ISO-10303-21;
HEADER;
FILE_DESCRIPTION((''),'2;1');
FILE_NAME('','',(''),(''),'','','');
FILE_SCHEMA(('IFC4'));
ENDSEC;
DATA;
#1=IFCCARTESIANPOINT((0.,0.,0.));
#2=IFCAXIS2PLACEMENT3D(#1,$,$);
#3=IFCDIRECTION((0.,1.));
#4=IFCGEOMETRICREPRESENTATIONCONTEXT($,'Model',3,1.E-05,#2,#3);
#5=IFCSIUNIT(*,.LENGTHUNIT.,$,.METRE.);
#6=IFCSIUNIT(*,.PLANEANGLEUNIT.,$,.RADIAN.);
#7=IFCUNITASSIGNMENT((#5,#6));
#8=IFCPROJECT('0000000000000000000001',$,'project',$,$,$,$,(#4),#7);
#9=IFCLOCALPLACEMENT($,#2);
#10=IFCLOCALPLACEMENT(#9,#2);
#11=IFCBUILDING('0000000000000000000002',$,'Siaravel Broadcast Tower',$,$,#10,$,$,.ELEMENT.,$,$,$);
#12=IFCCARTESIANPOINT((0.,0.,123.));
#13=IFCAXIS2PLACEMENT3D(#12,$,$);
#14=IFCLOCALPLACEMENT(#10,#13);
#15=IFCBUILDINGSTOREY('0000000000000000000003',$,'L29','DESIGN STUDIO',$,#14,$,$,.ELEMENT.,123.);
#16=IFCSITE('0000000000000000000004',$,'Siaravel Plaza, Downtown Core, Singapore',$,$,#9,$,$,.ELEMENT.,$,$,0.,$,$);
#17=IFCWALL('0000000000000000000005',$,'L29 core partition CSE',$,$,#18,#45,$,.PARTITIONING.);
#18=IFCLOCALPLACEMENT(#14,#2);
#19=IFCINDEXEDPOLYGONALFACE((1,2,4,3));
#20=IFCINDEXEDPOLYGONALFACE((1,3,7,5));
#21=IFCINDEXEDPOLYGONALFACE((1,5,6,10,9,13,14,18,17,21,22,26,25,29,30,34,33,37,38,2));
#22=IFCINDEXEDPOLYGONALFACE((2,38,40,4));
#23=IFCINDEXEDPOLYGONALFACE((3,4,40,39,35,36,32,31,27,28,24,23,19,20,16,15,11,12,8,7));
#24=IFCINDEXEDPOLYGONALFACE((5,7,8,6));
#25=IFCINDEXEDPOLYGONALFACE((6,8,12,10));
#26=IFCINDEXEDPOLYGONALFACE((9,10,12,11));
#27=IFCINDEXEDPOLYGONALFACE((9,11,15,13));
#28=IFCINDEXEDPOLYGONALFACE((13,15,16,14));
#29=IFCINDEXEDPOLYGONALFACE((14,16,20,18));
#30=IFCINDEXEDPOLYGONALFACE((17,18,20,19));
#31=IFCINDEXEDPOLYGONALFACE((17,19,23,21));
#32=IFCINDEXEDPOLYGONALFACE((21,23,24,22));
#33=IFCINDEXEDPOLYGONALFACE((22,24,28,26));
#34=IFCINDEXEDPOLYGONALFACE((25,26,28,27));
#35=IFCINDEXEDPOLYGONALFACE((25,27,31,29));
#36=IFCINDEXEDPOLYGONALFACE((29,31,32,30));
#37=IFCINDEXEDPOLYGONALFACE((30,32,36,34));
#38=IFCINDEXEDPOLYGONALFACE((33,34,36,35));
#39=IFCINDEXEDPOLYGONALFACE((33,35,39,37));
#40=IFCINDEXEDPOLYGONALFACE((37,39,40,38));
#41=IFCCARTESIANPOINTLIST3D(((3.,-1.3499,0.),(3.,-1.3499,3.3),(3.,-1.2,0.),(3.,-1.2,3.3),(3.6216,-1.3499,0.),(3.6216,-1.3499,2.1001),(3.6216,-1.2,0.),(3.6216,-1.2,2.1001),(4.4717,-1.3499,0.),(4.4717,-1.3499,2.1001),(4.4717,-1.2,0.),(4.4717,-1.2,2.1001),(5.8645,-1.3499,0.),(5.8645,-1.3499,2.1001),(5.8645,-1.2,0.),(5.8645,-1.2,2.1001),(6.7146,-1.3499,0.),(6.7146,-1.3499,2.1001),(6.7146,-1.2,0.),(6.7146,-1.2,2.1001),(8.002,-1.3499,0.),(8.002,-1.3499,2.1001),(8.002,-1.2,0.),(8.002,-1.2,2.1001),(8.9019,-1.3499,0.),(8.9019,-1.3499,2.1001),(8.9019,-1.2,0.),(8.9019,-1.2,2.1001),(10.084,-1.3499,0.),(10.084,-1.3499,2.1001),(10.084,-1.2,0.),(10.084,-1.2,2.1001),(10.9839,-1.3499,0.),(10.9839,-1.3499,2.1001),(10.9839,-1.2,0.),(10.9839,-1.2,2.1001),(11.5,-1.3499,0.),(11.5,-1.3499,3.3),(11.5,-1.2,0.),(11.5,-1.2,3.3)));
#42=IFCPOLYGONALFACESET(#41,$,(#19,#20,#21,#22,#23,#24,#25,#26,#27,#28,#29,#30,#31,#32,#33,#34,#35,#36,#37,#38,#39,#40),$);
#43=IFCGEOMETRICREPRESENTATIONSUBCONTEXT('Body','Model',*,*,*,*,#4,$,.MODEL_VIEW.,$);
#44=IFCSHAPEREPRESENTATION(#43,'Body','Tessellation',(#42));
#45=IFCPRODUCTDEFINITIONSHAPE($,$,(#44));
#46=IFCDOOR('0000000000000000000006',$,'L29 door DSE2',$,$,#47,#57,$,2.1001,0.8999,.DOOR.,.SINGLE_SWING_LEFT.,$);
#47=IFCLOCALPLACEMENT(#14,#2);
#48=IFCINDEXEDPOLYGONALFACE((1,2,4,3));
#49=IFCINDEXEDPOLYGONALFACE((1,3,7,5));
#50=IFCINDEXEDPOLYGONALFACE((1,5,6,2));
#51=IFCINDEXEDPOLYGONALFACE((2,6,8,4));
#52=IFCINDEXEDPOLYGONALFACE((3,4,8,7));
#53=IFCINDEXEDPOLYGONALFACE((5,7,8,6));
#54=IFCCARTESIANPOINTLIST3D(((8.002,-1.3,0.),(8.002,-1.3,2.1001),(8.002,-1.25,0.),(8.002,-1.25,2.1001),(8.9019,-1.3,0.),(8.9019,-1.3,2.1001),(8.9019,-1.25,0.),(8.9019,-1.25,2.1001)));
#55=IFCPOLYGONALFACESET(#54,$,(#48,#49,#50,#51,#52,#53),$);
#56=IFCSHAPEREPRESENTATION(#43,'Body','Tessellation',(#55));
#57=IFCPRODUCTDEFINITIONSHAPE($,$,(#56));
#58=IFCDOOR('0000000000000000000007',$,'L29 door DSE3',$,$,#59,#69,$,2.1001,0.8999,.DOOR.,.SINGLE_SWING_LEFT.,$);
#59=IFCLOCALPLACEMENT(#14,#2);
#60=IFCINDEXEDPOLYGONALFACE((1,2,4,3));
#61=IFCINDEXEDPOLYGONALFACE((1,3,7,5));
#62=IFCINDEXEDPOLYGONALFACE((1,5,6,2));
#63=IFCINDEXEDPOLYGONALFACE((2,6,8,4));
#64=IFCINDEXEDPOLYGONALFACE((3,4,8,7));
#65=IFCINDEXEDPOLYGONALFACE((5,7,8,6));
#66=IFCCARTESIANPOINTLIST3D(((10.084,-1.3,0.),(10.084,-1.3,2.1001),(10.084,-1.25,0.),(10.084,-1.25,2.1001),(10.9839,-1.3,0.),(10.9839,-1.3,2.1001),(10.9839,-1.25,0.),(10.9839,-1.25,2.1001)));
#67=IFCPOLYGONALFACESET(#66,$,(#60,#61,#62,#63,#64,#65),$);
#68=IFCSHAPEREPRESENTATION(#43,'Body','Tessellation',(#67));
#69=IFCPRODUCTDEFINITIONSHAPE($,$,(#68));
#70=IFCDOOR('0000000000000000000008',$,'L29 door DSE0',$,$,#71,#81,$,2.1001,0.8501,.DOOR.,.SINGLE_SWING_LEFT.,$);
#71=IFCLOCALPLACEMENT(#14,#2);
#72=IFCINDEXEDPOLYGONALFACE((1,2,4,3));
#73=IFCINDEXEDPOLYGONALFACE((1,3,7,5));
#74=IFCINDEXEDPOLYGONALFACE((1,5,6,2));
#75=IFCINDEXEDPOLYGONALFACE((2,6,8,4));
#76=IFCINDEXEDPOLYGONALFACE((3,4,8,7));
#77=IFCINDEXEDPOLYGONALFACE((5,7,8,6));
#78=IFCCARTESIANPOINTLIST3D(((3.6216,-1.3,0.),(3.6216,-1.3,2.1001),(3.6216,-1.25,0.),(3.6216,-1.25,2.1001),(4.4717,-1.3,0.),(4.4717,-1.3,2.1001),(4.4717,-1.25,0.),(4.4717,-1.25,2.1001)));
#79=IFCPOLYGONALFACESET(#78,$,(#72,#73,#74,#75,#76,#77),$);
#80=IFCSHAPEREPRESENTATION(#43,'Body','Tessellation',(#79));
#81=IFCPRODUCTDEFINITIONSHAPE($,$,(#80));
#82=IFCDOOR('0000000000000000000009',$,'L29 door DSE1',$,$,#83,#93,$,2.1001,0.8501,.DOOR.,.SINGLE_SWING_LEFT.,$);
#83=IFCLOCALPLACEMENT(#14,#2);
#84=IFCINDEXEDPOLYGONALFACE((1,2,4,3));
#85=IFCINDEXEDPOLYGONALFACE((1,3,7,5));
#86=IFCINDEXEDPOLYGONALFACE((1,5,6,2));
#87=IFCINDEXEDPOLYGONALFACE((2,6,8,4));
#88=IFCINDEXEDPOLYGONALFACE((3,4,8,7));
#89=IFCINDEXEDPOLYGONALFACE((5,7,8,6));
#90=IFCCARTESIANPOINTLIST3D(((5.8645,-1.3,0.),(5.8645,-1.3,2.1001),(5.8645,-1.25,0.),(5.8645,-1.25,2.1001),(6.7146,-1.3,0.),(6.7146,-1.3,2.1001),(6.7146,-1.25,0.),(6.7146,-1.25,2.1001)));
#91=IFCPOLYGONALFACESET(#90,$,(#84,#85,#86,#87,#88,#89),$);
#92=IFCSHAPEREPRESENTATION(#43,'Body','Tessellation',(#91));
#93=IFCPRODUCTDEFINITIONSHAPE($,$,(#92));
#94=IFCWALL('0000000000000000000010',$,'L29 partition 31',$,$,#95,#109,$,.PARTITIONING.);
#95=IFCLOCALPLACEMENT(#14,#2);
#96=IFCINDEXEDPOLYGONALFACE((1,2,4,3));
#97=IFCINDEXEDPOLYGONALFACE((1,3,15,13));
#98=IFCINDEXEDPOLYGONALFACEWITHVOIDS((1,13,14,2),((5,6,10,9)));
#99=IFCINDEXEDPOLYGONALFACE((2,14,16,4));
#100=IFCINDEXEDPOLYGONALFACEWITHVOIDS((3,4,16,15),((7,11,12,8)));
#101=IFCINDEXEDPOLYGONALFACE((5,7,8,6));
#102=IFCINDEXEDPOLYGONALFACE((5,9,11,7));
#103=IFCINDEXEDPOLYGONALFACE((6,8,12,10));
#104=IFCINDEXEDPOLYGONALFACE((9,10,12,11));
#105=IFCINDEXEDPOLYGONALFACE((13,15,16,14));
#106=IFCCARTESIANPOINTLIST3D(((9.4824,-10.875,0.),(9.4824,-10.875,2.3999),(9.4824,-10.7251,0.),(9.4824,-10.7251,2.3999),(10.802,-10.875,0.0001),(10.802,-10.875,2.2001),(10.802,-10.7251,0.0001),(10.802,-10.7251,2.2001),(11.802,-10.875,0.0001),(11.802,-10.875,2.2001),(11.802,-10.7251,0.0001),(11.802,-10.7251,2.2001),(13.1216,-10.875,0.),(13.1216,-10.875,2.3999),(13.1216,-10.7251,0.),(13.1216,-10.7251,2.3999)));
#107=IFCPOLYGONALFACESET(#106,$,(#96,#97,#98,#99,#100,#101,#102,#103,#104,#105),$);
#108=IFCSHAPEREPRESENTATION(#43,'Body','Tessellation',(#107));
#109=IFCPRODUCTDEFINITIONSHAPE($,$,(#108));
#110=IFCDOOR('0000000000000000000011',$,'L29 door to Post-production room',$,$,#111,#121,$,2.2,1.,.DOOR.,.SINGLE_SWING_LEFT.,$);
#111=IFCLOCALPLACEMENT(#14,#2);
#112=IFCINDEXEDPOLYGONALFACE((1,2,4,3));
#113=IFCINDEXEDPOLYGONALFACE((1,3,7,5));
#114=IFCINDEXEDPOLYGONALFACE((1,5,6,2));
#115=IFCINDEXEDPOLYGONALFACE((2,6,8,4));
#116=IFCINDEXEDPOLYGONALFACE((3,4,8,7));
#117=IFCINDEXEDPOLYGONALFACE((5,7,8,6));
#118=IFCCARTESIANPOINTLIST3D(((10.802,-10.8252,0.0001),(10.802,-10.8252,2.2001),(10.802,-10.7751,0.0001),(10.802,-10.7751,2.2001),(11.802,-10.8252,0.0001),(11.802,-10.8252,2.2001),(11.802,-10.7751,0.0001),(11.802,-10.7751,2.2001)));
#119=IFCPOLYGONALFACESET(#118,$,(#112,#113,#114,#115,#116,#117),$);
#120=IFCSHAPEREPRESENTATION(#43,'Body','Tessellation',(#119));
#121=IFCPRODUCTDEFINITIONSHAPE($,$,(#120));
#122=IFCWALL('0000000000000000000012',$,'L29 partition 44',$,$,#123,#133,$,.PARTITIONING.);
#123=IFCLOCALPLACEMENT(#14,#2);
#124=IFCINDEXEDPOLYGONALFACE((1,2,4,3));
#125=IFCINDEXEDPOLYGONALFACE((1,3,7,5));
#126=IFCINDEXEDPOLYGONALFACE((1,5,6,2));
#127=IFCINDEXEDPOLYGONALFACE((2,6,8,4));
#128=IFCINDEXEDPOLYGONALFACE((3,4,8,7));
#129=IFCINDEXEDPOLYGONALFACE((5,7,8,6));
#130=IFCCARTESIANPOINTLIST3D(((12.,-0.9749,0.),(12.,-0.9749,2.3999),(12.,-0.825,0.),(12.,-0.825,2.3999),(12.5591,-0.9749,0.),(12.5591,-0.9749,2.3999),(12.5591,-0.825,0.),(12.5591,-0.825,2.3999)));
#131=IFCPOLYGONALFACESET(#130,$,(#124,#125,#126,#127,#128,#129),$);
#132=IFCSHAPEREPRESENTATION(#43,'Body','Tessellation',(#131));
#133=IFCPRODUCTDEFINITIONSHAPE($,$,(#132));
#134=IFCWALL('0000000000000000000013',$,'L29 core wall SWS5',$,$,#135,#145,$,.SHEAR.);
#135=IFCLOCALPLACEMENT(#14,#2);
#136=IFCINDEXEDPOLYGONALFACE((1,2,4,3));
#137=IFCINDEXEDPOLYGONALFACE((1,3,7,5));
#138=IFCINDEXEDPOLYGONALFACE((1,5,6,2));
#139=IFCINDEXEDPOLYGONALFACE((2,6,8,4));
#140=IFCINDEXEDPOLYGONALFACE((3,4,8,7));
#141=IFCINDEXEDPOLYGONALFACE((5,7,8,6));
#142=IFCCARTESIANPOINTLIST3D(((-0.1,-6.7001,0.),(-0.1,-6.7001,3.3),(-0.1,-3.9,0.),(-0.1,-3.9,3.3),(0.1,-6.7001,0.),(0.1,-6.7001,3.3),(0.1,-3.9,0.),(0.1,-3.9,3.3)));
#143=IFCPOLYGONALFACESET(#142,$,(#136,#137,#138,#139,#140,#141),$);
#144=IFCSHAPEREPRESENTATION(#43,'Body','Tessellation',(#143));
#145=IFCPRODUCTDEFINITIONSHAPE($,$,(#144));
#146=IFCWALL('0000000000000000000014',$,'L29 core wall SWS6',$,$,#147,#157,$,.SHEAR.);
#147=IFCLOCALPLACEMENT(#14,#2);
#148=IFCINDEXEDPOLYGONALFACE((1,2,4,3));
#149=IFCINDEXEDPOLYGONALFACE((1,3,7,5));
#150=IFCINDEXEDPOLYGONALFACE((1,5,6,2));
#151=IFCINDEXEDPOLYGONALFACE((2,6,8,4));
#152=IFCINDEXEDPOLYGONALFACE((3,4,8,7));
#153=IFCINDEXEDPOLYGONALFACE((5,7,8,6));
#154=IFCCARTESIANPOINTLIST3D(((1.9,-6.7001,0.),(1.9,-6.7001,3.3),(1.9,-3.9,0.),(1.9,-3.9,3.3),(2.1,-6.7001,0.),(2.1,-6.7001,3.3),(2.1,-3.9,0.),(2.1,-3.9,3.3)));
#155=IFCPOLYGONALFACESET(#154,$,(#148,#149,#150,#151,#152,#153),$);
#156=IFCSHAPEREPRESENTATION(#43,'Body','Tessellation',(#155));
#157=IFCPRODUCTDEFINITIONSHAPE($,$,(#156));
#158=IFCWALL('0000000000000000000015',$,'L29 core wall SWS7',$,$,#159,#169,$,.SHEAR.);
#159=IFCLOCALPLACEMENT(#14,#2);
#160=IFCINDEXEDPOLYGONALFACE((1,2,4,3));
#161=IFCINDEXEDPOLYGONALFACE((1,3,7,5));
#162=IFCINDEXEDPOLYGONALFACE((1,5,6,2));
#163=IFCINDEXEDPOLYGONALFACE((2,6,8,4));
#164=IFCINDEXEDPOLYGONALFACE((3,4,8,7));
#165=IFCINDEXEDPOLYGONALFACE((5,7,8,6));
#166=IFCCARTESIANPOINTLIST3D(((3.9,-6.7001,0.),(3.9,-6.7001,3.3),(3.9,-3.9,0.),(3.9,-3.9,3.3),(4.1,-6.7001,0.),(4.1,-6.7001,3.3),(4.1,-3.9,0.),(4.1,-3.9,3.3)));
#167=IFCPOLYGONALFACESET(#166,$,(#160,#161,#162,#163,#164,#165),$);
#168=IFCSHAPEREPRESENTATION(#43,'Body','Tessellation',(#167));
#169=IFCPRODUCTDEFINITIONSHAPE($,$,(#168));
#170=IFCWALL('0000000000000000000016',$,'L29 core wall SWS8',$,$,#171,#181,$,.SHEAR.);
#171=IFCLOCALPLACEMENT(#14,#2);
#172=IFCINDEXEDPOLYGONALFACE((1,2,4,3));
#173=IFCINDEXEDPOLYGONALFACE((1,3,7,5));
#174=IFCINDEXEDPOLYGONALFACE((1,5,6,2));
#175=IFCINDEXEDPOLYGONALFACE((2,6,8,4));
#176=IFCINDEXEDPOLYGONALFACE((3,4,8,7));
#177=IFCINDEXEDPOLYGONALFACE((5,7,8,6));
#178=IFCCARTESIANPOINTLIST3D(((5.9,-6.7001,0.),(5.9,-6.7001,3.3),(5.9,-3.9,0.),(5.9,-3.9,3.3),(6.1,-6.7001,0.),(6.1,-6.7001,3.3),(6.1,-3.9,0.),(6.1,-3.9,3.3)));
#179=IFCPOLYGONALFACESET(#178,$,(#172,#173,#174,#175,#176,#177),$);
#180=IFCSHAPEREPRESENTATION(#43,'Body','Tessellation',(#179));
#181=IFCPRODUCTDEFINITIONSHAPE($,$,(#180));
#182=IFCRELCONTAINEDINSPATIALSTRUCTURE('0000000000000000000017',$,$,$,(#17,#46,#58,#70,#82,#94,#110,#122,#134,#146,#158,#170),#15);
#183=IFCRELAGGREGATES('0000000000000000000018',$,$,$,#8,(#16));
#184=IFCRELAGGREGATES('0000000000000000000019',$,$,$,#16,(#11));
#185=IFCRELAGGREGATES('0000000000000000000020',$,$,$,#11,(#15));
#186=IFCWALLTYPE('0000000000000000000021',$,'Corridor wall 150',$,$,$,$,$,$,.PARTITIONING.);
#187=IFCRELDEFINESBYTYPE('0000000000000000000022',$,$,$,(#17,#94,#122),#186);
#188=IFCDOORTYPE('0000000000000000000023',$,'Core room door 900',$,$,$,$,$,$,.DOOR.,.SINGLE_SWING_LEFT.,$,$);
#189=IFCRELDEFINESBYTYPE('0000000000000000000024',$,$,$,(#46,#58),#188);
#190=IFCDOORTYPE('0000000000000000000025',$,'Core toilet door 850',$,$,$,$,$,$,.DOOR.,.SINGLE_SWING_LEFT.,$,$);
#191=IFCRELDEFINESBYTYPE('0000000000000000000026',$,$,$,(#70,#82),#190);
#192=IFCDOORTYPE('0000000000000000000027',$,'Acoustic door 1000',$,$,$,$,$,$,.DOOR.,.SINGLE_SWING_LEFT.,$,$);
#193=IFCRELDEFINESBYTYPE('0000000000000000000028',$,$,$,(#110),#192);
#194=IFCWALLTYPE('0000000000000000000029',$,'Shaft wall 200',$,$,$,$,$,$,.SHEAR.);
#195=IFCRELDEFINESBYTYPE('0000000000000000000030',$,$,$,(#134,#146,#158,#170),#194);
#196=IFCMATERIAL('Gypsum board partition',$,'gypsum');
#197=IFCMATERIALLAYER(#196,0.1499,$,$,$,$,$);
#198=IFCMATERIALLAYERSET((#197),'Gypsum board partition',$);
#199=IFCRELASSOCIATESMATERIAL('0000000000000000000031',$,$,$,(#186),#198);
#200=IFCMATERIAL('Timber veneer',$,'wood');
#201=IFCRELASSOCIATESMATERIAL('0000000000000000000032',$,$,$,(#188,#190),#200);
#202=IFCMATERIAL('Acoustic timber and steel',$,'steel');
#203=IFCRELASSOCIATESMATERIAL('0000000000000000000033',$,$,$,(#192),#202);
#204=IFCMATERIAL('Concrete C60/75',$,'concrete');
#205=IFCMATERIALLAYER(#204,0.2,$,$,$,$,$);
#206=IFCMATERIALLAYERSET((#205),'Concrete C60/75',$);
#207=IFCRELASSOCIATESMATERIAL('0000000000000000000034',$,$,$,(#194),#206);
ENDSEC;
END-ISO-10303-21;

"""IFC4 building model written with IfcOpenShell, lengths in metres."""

from ifc_helpers import new_model, si_unit, direction, frame, frame_2d, origin, place, context, subcontext, project, spatial, rectangle, extrude, material, layer, layer_set, type_object, element, fill, save


model = new_model("IFC4")

# Units and contexts
model_context = context("Model", 3, precision=1e-05, world=origin(), true_north=direction((0.0, 1.0)))
body_context = subcontext(model_context, "Body", "Model", "MODEL_VIEW")
ifc_project = project(units=[si_unit("LENGTHUNIT", "METRE"), si_unit("PLANEANGLEUNIT", "RADIAN")], contexts=[model_context])

# Site, building, storey
site_placement = place(None, origin())
site = spatial("IfcSite", under=ifc_project, at=site_placement, Name="Siaravel Plaza, Downtown Core, Singapore", CompositionType="ELEMENT", RefElevation=0.0)
building_placement = place(site_placement, origin())
building = spatial("IfcBuilding", under=site, at=building_placement, Name="Siaravel Broadcast Tower", CompositionType="ELEMENT")
storey_placement = place(building_placement, frame((0.0, 0.0, 123.0)))
storey = spatial("IfcBuildingStorey", under=building, at=storey_placement, Name="L29", Description="DESIGN STUDIO", CompositionType="ELEMENT", Elevation=123.0)

# Shared definitions
ifc_material_1 = material(Name="Concrete C60/75", Category="concrete")

# Wall, openings, doors
ifc_material_2 = material(Name="Gypsum board partition", Category="gypsum")
ifc_layer_1 = layer(ifc_material_2, 0.1499)
ifc_layer_set_1 = layer_set([ifc_layer_1], Name="Gypsum board partition")
wall_type_1 = type_object("IfcWallType", Name="Corridor wall 150", PredefinedType="PARTITIONING", material=ifc_layer_set_1)
wall_1_placement = place(storey_placement, frame((3.0, -1.2749, 0.0), z_axis=(0.0, 0.0, 1.0), x_axis=(1.0, 0.0, 0.0)))
wall_1 = element("IfcWall", 1, at=wall_1_placement, inside=storey, type_object=wall_type_1, Name="L29 core partition CSE", PredefinedType="PARTITIONING", context=body_context, shape_type="SweptSolid", body=[
    extrude(rectangle(XDim=8.5, YDim=0.1499, at=frame_2d((4.25, 0.0))), origin(), (0.0, 0.0, 1.0), 3.3),
])
opening_1_placement = place(wall_1_placement, frame((0.6216, 0.0, 0.0)))
opening_1 = element("IfcOpeningElement", 2, at=opening_1_placement, cuts=wall_1, PredefinedType="OPENING", context=body_context, shape_type="SweptSolid", body=[
    extrude(rectangle(XDim=0.8501, YDim=2.1001, at=frame_2d((0.425, 1.05))), frame((0.0, 0.085, 0.0), z_axis=(0.0, -1.0, 0.0), x_axis=(1.0, 0.0, 0.0)), (0.0, 0.0, 1.0), 0.1699),
])
opening_2_placement = place(wall_1_placement, frame((2.8645, 0.0, 0.0)))
opening_2 = element("IfcOpeningElement", 3, at=opening_2_placement, cuts=wall_1, PredefinedType="OPENING", context=body_context, shape_type="SweptSolid", body=[
    extrude(rectangle(XDim=0.8501, YDim=2.1001, at=frame_2d((0.425, 1.05))), frame((0.0, 0.085, 0.0), z_axis=(0.0, -1.0, 0.0), x_axis=(1.0, 0.0, 0.0)), (0.0, 0.0, 1.0), 0.1699),
])
opening_3_placement = place(wall_1_placement, frame((5.002, 0.0, 0.0)))
opening_3 = element("IfcOpeningElement", 4, at=opening_3_placement, cuts=wall_1, PredefinedType="OPENING", context=body_context, shape_type="SweptSolid", body=[
    extrude(rectangle(XDim=0.8999, YDim=2.1001, at=frame_2d((0.45, 1.05))), frame((0.0, 0.085, 0.0), z_axis=(0.0, -1.0, 0.0), x_axis=(1.0, 0.0, 0.0)), (0.0, 0.0, 1.0), 0.1699),
])
opening_4_placement = place(wall_1_placement, frame((7.084, 0.0, 0.0)))
opening_4 = element("IfcOpeningElement", 5, at=opening_4_placement, cuts=wall_1, PredefinedType="OPENING", context=body_context, shape_type="SweptSolid", body=[
    extrude(rectangle(XDim=0.8999, YDim=2.1001, at=frame_2d((0.45, 1.05))), frame((0.0, 0.085, 0.0), z_axis=(0.0, -1.0, 0.0), x_axis=(1.0, 0.0, 0.0)), (0.0, 0.0, 1.0), 0.1699),
])
ifc_material_3 = material(Name="Timber veneer", Category="wood")
door_type_1 = type_object("IfcDoorType", Name="Core room door 900", OperationType="SINGLE_SWING_LEFT", PredefinedType="DOOR", material=ifc_material_3)
door_1_placement = place(opening_3_placement, origin())
door_1 = element("IfcDoor", 6, at=door_1_placement, inside=storey, type_object=door_type_1, Name="L29 door DSE2", OperationType="SINGLE_SWING_LEFT", OverallHeight=2.1001, OverallWidth=0.8999, PredefinedType="DOOR", context=body_context, shape_type="SweptSolid", body=[
    extrude(rectangle(XDim=0.8999, YDim=2.1001, at=frame_2d((0.45, 1.05))), frame((0.0, 0.0249, 0.0), z_axis=(0.0, -1.0, 0.0), x_axis=(1.0, 0.0, 0.0)), (0.0, 0.0, 1.0), 0.05),
])
fill(opening_3, door_1)
door_2_placement = place(opening_4_placement, origin())
door_2 = element("IfcDoor", 7, at=door_2_placement, inside=storey, type_object=door_type_1, Name="L29 door DSE3", OperationType="SINGLE_SWING_LEFT", OverallHeight=2.1001, OverallWidth=0.8999, PredefinedType="DOOR", context=body_context, shape_type="SweptSolid", body=[
    extrude(rectangle(XDim=0.8999, YDim=2.1001, at=frame_2d((0.45, 1.05))), frame((0.0, 0.0249, 0.0), z_axis=(0.0, -1.0, 0.0), x_axis=(1.0, 0.0, 0.0)), (0.0, 0.0, 1.0), 0.05),
])
fill(opening_4, door_2)
door_type_2 = type_object("IfcDoorType", Name="Core toilet door 850", OperationType="SINGLE_SWING_LEFT", PredefinedType="DOOR", material=ifc_material_3)
door_3_placement = place(opening_1_placement, origin())
door_3 = element("IfcDoor", 8, at=door_3_placement, inside=storey, type_object=door_type_2, Name="L29 door DSE0", OperationType="SINGLE_SWING_LEFT", OverallHeight=2.1001, OverallWidth=0.8501, PredefinedType="DOOR", context=body_context, shape_type="SweptSolid", body=[
    extrude(rectangle(XDim=0.8501, YDim=2.1001, at=frame_2d((0.425, 1.05))), frame((0.0, 0.0249, 0.0), z_axis=(0.0, -1.0, 0.0), x_axis=(1.0, 0.0, 0.0)), (0.0, 0.0, 1.0), 0.05),
])
fill(opening_1, door_3)
door_4_placement = place(opening_2_placement, origin())
door_4 = element("IfcDoor", 9, at=door_4_placement, inside=storey, type_object=door_type_2, Name="L29 door DSE1", OperationType="SINGLE_SWING_LEFT", OverallHeight=2.1001, OverallWidth=0.8501, PredefinedType="DOOR", context=body_context, shape_type="SweptSolid", body=[
    extrude(rectangle(XDim=0.8501, YDim=2.1001, at=frame_2d((0.425, 1.05))), frame((0.0, 0.0249, 0.0), z_axis=(0.0, -1.0, 0.0), x_axis=(1.0, 0.0, 0.0)), (0.0, 0.0, 1.0), 0.05),
])
fill(opening_2, door_4)

# Wall, opening, door
wall_2_placement = place(storey_placement, frame((9.4824, -10.8, 0.0), z_axis=(0.0, 0.0, 1.0), x_axis=(1.0, 0.0, 0.0)))
wall_2 = element("IfcWall", 10, at=wall_2_placement, inside=storey, type_object=wall_type_1, Name="L29 partition 31", PredefinedType="PARTITIONING", context=body_context, shape_type="SweptSolid", body=[
    extrude(rectangle(XDim=3.6392, YDim=0.1499, at=frame_2d((1.8196, 0.0))), origin(), (0.0, 0.0, 1.0), 2.3999),
])
opening_5_placement = place(wall_2_placement, frame((1.3196, 0.0, 0.0)))
opening_5 = element("IfcOpeningElement", 11, at=opening_5_placement, cuts=wall_2, PredefinedType="OPENING", context=body_context, shape_type="SweptSolid", body=[
    extrude(rectangle(XDim=1.0, YDim=2.2, at=frame_2d((0.5, 1.1001))), frame((0.0, 0.085, 0.0), z_axis=(0.0, -1.0, 0.0), x_axis=(1.0, 0.0, 0.0)), (0.0, 0.0, 1.0), 0.1699),
])
ifc_material_4 = material(Name="Acoustic timber and steel", Category="steel")
door_type_3 = type_object("IfcDoorType", Name="Acoustic door 1000", OperationType="SINGLE_SWING_LEFT", PredefinedType="DOOR", material=ifc_material_4)
door_5_placement = place(opening_5_placement, origin())
door_5 = element("IfcDoor", 12, at=door_5_placement, inside=storey, type_object=door_type_3, Name="L29 door to Post-production room", OperationType="SINGLE_SWING_LEFT", OverallHeight=2.2, OverallWidth=1.0, PredefinedType="DOOR", context=body_context, shape_type="SweptSolid", body=[
    extrude(rectangle(XDim=1.0, YDim=2.2, at=frame_2d((0.5, 1.1001))), frame((0.0, 0.0249, 0.0), z_axis=(0.0, -1.0, 0.0), x_axis=(1.0, 0.0, 0.0)), (0.0, 0.0, 1.0), 0.05),
])
fill(opening_5, door_5)

# Walls
wall_3_placement = place(storey_placement, frame((12.0, -0.8999, 0.0), z_axis=(0.0, 0.0, 1.0), x_axis=(1.0, 0.0, 0.0)))
element("IfcWall", 13, at=wall_3_placement, inside=storey, type_object=wall_type_1, Name="L29 partition 44", PredefinedType="PARTITIONING", context=body_context, shape_type="SweptSolid", body=[
    extrude(rectangle(XDim=0.5591, YDim=0.1499, at=frame_2d((0.2795, 0.0))), origin(), (0.0, 0.0, 1.0), 2.3999),
])
ifc_layer_2 = layer(ifc_material_1, 0.2)
ifc_layer_set_2 = layer_set([ifc_layer_2], Name="Concrete C60/75")
wall_type_2 = type_object("IfcWallType", Name="Shaft wall 200", PredefinedType="SHEAR", material=ifc_layer_set_2)
for number, where, z_axis, x_axis, name in (
    (14, (0.0, -6.7, 0.0), (0.0, 0.0, 1.0), (0.0, 1.0, 0.0), "L29 core wall SWS5"),
    (15, (2.0, -6.7, 0.0), (0.0, 0.0, 1.0), (0.0, 1.0, 0.0), "L29 core wall SWS6"),
    (16, (4.0, -6.7, 0.0), (0.0, 0.0, 1.0), (0.0, 1.0, 0.0), "L29 core wall SWS7"),
    (17, (6.0, -6.7, 0.0), (0.0, 0.0, 1.0), (0.0, 1.0, 0.0), "L29 core wall SWS8"),
):
    element("IfcWall", number, at=place(storey_placement, frame(where, z_axis=z_axis, x_axis=x_axis)), inside=storey, type_object=wall_type_2, Name=name, PredefinedType="SHEAR", context=body_context, shape_type="SweptSolid", body=[
        extrude(rectangle(XDim=2.8, YDim=0.2, at=frame_2d((1.3999, 0.0))), origin(), (0.0, 0.0, 1.0), 3.3),
    ])

save(model, "model.ifc")
